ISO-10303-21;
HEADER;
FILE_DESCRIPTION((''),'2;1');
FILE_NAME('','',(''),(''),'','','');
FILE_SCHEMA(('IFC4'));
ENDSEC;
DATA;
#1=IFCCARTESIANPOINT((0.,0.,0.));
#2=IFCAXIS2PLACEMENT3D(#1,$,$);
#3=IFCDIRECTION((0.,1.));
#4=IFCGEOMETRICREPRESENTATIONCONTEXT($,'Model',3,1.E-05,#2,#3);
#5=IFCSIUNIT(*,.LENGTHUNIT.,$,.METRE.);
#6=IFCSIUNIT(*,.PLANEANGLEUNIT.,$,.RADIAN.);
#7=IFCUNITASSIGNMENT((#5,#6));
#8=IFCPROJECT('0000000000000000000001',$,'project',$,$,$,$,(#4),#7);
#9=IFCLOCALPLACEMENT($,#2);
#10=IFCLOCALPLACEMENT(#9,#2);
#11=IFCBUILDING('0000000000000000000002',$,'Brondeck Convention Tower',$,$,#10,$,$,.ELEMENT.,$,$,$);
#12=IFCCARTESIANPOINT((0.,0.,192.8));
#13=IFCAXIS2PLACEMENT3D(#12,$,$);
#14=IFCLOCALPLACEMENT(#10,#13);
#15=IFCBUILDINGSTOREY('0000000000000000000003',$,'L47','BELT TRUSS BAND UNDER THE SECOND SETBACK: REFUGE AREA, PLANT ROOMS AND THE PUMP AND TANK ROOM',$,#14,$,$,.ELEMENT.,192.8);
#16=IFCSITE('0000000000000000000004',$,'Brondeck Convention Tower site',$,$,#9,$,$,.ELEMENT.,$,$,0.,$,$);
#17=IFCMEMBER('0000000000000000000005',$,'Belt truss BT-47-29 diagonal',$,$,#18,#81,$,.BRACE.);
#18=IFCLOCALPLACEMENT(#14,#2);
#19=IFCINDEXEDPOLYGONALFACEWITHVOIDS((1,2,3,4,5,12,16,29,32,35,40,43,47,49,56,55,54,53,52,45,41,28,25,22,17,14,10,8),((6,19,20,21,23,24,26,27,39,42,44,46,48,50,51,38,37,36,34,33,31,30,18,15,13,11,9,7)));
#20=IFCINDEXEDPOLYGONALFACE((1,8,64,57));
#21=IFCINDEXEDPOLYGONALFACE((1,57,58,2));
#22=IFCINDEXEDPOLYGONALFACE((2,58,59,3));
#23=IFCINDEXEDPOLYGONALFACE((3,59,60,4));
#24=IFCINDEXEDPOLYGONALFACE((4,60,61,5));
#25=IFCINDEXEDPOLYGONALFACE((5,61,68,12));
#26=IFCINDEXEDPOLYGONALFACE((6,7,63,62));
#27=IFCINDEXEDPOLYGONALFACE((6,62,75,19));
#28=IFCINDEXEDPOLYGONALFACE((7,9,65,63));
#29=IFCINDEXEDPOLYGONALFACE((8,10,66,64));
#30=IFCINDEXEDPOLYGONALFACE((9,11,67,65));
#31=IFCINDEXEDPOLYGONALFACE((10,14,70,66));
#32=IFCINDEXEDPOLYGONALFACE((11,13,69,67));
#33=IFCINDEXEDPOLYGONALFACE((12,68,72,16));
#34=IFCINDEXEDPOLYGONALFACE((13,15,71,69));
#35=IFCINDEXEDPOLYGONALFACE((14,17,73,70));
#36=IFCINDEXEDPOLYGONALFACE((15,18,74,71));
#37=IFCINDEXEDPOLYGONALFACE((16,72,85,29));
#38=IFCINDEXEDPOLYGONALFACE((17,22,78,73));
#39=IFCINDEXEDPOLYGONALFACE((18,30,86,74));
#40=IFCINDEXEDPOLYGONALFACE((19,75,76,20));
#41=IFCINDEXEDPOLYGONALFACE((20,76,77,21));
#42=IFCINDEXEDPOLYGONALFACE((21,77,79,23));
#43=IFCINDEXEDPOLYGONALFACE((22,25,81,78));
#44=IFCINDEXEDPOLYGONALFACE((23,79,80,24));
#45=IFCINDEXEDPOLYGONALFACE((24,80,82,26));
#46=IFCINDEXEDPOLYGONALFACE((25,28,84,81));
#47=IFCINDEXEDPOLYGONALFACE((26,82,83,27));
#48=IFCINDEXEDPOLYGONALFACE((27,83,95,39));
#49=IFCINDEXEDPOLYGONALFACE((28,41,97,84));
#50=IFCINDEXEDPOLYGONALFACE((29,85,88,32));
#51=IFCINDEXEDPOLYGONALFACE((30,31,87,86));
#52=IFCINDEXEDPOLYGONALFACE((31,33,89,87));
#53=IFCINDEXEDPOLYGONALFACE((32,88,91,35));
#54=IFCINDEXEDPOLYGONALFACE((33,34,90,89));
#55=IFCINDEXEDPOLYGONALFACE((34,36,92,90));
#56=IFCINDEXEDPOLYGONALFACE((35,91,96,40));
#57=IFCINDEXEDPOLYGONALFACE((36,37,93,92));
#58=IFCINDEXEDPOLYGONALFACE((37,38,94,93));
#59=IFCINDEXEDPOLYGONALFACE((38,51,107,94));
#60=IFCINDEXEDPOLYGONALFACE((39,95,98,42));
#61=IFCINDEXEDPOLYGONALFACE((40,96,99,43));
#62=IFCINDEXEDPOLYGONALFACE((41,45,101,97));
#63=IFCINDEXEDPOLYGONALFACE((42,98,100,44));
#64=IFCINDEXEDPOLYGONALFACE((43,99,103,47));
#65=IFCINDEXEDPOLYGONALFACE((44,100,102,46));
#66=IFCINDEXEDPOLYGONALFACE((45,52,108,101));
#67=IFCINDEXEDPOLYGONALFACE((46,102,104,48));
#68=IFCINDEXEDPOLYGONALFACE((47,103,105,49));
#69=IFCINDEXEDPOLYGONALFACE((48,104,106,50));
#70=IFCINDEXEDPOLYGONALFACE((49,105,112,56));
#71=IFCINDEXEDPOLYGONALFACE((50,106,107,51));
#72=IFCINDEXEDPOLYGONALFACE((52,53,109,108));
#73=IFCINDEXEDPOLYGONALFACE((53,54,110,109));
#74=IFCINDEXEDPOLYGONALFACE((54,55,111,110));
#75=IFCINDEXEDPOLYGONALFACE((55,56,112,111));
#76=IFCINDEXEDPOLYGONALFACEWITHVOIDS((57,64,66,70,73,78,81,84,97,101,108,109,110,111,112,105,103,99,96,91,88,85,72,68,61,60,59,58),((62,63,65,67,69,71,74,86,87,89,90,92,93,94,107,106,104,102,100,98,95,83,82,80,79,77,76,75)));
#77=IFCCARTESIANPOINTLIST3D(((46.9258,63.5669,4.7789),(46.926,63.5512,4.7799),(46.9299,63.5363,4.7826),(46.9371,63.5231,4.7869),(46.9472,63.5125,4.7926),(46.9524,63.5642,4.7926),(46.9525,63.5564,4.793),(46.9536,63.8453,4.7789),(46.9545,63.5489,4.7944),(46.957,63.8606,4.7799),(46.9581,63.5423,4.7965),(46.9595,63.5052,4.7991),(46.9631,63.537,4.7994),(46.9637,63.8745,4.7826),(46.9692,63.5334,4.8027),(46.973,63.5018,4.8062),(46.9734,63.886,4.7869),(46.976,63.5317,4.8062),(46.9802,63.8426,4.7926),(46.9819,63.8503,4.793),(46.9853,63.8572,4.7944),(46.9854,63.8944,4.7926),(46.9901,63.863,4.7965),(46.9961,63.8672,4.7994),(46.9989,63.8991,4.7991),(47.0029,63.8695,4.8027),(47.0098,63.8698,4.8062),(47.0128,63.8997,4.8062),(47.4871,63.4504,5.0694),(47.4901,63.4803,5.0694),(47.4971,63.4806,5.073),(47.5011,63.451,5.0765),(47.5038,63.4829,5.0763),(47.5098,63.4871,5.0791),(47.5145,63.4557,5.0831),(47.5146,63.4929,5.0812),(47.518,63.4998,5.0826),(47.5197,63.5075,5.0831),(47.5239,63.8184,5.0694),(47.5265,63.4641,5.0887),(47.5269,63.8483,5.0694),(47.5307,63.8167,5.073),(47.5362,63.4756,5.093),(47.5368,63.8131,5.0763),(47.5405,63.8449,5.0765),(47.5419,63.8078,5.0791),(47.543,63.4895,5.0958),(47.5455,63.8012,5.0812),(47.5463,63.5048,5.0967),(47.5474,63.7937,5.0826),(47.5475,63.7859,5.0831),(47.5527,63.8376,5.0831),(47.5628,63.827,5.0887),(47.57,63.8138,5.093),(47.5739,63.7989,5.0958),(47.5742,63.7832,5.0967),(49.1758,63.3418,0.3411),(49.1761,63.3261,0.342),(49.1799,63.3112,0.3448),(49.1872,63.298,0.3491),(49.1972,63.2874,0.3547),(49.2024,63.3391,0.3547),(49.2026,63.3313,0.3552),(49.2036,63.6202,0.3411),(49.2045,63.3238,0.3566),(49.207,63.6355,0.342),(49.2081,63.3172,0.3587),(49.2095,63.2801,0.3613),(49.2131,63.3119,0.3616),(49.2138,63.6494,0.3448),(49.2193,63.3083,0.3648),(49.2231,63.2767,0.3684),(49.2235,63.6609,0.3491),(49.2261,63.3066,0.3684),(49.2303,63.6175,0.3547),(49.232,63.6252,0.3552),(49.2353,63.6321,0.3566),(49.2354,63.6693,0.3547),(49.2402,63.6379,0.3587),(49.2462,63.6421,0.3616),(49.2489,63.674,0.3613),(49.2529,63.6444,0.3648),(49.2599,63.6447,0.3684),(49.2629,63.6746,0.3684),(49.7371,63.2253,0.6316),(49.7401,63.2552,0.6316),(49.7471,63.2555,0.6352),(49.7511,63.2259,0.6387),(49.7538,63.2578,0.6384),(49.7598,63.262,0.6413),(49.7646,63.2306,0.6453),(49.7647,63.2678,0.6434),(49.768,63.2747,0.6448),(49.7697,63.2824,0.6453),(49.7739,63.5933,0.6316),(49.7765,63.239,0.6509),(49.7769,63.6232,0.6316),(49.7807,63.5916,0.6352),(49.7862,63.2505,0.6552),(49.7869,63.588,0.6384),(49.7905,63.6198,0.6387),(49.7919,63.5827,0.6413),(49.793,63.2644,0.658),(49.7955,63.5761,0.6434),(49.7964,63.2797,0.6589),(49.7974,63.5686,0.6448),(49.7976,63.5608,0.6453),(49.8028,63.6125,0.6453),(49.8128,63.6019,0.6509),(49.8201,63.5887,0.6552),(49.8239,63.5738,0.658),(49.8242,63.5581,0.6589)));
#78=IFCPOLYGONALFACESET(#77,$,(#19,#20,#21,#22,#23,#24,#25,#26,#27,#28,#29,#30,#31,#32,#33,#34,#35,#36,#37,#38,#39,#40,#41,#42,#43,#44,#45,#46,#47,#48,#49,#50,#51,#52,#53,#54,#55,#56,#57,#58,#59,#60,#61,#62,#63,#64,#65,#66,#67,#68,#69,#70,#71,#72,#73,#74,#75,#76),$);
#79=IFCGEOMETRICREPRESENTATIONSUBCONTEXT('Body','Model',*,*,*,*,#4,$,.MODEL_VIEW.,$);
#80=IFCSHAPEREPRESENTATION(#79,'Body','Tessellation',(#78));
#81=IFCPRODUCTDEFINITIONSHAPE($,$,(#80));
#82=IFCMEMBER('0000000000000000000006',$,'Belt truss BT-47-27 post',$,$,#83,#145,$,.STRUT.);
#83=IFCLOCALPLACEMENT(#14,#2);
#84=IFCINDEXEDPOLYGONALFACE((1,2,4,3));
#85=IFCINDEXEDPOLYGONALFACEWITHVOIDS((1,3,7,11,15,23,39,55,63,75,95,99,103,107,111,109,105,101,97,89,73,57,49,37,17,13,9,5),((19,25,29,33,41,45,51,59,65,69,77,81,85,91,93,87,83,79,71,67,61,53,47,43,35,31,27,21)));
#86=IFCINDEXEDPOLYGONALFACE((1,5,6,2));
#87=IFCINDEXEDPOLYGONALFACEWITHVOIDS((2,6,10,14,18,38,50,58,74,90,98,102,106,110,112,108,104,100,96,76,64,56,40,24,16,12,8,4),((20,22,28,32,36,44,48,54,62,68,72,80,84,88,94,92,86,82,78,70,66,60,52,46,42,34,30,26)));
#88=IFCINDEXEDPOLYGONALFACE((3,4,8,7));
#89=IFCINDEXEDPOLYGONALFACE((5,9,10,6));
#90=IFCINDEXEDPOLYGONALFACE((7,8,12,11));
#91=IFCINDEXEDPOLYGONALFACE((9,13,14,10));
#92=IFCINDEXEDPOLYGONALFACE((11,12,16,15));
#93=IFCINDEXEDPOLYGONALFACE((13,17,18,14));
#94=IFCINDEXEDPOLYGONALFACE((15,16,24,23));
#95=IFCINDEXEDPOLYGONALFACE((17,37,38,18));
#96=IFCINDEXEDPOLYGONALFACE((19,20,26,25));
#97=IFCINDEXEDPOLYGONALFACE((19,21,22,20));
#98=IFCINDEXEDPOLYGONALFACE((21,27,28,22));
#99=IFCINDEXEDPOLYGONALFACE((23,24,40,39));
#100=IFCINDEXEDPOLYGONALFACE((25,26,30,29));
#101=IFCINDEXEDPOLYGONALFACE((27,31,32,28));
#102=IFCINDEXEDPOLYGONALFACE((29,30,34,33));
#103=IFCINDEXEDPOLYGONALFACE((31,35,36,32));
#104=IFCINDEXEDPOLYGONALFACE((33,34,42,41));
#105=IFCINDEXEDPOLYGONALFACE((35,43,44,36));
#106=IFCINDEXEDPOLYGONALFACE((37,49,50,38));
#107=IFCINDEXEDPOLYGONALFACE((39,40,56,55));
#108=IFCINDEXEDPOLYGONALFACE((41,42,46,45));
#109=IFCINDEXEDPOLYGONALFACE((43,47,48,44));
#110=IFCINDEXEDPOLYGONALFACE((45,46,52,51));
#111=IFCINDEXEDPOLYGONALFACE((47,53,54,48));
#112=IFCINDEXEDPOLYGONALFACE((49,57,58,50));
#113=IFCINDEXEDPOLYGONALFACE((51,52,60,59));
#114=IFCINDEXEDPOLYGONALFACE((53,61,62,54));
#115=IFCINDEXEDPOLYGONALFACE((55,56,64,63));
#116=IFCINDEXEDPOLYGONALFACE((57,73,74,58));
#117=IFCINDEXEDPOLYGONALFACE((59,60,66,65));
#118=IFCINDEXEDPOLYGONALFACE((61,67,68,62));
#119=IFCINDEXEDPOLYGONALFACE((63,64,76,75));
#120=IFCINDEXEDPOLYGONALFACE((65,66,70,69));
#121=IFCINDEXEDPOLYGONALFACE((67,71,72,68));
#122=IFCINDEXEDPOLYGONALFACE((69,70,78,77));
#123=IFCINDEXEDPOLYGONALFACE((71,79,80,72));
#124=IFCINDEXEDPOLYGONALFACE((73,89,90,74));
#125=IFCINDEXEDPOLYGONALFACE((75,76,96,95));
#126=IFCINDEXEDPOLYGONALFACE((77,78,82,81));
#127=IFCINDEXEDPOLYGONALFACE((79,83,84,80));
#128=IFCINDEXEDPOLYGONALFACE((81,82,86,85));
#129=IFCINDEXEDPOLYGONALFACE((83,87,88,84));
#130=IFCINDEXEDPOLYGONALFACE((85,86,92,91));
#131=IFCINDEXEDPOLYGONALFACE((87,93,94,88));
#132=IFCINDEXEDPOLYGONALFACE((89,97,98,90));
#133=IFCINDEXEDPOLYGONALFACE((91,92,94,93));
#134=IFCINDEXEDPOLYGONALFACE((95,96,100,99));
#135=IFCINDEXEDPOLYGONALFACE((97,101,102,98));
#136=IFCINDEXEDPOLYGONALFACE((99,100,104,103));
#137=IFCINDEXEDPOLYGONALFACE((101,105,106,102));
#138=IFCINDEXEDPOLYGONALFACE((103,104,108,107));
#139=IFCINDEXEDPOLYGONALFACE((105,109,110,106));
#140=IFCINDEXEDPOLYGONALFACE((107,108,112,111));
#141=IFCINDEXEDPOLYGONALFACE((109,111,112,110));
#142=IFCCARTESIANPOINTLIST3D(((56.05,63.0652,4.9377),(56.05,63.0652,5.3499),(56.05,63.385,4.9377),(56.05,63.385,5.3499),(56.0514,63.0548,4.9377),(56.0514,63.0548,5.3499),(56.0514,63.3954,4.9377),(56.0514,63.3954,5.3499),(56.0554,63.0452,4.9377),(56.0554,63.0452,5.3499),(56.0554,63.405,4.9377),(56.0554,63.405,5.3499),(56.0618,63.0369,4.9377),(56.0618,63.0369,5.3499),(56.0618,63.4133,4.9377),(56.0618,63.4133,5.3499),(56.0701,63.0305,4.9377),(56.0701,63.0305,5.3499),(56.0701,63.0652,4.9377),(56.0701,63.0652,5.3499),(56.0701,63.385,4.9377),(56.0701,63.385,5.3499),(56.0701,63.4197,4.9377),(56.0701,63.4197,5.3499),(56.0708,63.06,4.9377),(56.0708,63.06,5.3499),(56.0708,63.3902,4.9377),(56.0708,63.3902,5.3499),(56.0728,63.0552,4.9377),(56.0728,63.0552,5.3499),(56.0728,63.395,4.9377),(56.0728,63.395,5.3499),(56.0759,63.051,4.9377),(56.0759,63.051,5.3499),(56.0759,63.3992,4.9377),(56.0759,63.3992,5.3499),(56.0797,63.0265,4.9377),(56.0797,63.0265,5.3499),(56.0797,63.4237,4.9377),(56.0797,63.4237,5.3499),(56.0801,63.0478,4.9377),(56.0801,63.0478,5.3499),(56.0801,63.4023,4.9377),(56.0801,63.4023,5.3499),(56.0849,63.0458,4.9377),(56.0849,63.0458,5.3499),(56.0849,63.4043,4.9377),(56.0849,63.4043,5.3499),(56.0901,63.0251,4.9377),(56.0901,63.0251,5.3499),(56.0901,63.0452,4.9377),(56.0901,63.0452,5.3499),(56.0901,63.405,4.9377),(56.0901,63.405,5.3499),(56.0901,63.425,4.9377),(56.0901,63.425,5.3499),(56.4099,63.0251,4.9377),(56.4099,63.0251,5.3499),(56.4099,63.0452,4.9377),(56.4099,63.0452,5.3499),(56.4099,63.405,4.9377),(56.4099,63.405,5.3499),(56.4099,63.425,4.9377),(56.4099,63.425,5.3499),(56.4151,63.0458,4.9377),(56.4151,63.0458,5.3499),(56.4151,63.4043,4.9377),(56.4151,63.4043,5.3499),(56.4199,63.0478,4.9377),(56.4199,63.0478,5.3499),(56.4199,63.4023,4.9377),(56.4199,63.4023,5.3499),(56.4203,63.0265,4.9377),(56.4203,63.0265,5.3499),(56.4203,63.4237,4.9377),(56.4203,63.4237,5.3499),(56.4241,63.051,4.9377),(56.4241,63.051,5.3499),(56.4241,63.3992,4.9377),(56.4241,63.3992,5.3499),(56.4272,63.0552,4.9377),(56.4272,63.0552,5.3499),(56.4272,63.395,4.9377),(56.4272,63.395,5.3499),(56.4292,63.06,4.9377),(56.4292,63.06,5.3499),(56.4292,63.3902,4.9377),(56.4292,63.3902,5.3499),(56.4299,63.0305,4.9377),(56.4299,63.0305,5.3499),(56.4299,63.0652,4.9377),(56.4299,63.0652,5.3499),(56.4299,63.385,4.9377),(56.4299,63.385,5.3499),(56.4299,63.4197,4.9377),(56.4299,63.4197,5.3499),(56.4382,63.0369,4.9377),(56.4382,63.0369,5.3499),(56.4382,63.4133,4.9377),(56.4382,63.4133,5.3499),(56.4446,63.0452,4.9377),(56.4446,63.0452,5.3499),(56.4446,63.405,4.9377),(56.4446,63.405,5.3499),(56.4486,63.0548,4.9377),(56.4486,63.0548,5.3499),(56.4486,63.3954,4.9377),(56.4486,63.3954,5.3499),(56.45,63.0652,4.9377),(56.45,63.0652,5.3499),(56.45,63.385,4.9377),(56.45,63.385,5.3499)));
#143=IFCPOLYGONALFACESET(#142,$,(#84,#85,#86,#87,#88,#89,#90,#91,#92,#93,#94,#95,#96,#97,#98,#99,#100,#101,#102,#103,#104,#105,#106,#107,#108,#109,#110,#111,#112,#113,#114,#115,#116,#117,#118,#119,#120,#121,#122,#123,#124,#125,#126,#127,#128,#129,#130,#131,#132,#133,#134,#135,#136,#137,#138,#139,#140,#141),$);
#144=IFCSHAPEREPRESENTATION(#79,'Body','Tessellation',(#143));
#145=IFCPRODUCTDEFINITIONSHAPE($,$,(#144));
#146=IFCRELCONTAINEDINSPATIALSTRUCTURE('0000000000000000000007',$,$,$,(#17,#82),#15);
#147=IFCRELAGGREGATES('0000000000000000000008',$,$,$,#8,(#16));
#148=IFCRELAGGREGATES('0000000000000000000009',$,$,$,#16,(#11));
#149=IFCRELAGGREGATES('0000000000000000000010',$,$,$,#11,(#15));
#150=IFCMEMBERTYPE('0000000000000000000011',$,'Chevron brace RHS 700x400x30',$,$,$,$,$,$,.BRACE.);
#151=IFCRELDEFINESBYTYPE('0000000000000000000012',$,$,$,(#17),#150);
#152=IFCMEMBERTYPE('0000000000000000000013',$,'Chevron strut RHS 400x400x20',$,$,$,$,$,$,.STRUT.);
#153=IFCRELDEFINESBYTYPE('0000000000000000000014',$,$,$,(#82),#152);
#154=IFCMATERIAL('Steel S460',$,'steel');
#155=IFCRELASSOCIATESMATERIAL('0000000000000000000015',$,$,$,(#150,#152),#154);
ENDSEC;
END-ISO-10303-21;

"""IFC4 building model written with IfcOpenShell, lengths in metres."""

from ifc_helpers import new_model, si_unit, direction, frame, origin, origin_2d, place, context, subcontext, project, spatial, hollow_rectangle, extrude, material, material_profile, profile_set, type_object, element, save


model = new_model("IFC4")

# Units and contexts
model_context = context("Model", 3, precision=1e-05, world=origin(), true_north=direction((0.0, 1.0)))
body_context = subcontext(model_context, "Body", "Model", "MODEL_VIEW")
ifc_project = project(units=[si_unit("LENGTHUNIT", "METRE"), si_unit("PLANEANGLEUNIT", "RADIAN")], contexts=[model_context])

# Site, building, storey
site_placement = place(None, origin())
site = spatial("IfcSite", under=ifc_project, at=site_placement, Name="Brondeck Convention Tower site", CompositionType="ELEMENT", RefElevation=0.0)
building_placement = place(site_placement, origin())
building = spatial("IfcBuilding", under=site, at=building_placement, Name="Brondeck Convention Tower", CompositionType="ELEMENT")
storey_placement = place(building_placement, frame((0.0, 0.0, 192.8)))
storey = spatial("IfcBuildingStorey", under=building, at=storey_placement, Name="L47", Description="BELT TRUSS BAND UNDER THE SECOND SETBACK: REFUGE AREA, PLANT ROOMS AND THE PUMP AND TANK ROOM", CompositionType="ELEMENT", Elevation=192.8)

# Members
ifc_material_1 = material(Name="Steel S460", Category="steel")
ifc_material_profile_1 = material_profile(ifc_material_1, hollow_rectangle(XDim=0.3999, YDim=0.7, WallThickness=0.03, InnerFilletRadius=0.03, OuterFilletRadius=0.0601, at=origin_2d()), Name="RHS 700x400x30")
ifc_profile_set_1 = profile_set([ifc_material_profile_1], Name="Steel S460")
member_type_1 = type_object("IfcMemberType", Name="Chevron brace RHS 700x400x30", PredefinedType="BRACE", material=ifc_profile_set_1)
for number, where, z_axis, x_axis, name in (
    (1, (49.5, 63.45, 0.5), (-0.451749, 0.045195, 0.890999), (-0.099546, -0.995033, 0.0), "Belt truss BT-47-29 diagonal"),
):
    element("IfcMember", number, at=place(storey_placement, frame(where, z_axis=z_axis, x_axis=x_axis)), inside=storey, type_object=member_type_1, Name=name, PredefinedType="BRACE", context=body_context, shape_type="SweptSolid", body=[
        extrude(hollow_rectangle(XDim=0.3999, YDim=0.7, WallThickness=0.03, InnerFilletRadius=0.03, OuterFilletRadius=0.0601, at=origin_2d()), origin(), (0.0, 0.0, 1.0), 4.9807),
    ])
ifc_material_profile_2 = material_profile(ifc_material_1, hollow_rectangle(XDim=0.3999, YDim=0.3999, WallThickness=0.02, InnerFilletRadius=0.02, OuterFilletRadius=0.04, at=origin_2d()), Name="RHS 400x400x20")
ifc_profile_set_2 = profile_set([ifc_material_profile_2], Name="Steel S460")
member_type_2 = type_object("IfcMemberType", Name="Chevron strut RHS 400x400x20", PredefinedType="STRUT", material=ifc_profile_set_2)
for number, where, z_axis, x_axis, name in (
    (2, (56.25, 63.2251, 4.9377), (0.0, 0.0, 1.0), (1.0, 0.0, 0.0), "Belt truss BT-47-27 post"),
):
    element("IfcMember", number, at=place(storey_placement, frame(where, z_axis=z_axis, x_axis=x_axis)), inside=storey, type_object=member_type_2, Name=name, PredefinedType="STRUT", context=body_context, shape_type="SweptSolid", body=[
        extrude(hollow_rectangle(XDim=0.3999, YDim=0.3999, WallThickness=0.02, InnerFilletRadius=0.02, OuterFilletRadius=0.04, at=origin_2d()), origin(), (0.0, 0.0, 1.0), 0.4121),
    ])

save(model, "model.ifc")
